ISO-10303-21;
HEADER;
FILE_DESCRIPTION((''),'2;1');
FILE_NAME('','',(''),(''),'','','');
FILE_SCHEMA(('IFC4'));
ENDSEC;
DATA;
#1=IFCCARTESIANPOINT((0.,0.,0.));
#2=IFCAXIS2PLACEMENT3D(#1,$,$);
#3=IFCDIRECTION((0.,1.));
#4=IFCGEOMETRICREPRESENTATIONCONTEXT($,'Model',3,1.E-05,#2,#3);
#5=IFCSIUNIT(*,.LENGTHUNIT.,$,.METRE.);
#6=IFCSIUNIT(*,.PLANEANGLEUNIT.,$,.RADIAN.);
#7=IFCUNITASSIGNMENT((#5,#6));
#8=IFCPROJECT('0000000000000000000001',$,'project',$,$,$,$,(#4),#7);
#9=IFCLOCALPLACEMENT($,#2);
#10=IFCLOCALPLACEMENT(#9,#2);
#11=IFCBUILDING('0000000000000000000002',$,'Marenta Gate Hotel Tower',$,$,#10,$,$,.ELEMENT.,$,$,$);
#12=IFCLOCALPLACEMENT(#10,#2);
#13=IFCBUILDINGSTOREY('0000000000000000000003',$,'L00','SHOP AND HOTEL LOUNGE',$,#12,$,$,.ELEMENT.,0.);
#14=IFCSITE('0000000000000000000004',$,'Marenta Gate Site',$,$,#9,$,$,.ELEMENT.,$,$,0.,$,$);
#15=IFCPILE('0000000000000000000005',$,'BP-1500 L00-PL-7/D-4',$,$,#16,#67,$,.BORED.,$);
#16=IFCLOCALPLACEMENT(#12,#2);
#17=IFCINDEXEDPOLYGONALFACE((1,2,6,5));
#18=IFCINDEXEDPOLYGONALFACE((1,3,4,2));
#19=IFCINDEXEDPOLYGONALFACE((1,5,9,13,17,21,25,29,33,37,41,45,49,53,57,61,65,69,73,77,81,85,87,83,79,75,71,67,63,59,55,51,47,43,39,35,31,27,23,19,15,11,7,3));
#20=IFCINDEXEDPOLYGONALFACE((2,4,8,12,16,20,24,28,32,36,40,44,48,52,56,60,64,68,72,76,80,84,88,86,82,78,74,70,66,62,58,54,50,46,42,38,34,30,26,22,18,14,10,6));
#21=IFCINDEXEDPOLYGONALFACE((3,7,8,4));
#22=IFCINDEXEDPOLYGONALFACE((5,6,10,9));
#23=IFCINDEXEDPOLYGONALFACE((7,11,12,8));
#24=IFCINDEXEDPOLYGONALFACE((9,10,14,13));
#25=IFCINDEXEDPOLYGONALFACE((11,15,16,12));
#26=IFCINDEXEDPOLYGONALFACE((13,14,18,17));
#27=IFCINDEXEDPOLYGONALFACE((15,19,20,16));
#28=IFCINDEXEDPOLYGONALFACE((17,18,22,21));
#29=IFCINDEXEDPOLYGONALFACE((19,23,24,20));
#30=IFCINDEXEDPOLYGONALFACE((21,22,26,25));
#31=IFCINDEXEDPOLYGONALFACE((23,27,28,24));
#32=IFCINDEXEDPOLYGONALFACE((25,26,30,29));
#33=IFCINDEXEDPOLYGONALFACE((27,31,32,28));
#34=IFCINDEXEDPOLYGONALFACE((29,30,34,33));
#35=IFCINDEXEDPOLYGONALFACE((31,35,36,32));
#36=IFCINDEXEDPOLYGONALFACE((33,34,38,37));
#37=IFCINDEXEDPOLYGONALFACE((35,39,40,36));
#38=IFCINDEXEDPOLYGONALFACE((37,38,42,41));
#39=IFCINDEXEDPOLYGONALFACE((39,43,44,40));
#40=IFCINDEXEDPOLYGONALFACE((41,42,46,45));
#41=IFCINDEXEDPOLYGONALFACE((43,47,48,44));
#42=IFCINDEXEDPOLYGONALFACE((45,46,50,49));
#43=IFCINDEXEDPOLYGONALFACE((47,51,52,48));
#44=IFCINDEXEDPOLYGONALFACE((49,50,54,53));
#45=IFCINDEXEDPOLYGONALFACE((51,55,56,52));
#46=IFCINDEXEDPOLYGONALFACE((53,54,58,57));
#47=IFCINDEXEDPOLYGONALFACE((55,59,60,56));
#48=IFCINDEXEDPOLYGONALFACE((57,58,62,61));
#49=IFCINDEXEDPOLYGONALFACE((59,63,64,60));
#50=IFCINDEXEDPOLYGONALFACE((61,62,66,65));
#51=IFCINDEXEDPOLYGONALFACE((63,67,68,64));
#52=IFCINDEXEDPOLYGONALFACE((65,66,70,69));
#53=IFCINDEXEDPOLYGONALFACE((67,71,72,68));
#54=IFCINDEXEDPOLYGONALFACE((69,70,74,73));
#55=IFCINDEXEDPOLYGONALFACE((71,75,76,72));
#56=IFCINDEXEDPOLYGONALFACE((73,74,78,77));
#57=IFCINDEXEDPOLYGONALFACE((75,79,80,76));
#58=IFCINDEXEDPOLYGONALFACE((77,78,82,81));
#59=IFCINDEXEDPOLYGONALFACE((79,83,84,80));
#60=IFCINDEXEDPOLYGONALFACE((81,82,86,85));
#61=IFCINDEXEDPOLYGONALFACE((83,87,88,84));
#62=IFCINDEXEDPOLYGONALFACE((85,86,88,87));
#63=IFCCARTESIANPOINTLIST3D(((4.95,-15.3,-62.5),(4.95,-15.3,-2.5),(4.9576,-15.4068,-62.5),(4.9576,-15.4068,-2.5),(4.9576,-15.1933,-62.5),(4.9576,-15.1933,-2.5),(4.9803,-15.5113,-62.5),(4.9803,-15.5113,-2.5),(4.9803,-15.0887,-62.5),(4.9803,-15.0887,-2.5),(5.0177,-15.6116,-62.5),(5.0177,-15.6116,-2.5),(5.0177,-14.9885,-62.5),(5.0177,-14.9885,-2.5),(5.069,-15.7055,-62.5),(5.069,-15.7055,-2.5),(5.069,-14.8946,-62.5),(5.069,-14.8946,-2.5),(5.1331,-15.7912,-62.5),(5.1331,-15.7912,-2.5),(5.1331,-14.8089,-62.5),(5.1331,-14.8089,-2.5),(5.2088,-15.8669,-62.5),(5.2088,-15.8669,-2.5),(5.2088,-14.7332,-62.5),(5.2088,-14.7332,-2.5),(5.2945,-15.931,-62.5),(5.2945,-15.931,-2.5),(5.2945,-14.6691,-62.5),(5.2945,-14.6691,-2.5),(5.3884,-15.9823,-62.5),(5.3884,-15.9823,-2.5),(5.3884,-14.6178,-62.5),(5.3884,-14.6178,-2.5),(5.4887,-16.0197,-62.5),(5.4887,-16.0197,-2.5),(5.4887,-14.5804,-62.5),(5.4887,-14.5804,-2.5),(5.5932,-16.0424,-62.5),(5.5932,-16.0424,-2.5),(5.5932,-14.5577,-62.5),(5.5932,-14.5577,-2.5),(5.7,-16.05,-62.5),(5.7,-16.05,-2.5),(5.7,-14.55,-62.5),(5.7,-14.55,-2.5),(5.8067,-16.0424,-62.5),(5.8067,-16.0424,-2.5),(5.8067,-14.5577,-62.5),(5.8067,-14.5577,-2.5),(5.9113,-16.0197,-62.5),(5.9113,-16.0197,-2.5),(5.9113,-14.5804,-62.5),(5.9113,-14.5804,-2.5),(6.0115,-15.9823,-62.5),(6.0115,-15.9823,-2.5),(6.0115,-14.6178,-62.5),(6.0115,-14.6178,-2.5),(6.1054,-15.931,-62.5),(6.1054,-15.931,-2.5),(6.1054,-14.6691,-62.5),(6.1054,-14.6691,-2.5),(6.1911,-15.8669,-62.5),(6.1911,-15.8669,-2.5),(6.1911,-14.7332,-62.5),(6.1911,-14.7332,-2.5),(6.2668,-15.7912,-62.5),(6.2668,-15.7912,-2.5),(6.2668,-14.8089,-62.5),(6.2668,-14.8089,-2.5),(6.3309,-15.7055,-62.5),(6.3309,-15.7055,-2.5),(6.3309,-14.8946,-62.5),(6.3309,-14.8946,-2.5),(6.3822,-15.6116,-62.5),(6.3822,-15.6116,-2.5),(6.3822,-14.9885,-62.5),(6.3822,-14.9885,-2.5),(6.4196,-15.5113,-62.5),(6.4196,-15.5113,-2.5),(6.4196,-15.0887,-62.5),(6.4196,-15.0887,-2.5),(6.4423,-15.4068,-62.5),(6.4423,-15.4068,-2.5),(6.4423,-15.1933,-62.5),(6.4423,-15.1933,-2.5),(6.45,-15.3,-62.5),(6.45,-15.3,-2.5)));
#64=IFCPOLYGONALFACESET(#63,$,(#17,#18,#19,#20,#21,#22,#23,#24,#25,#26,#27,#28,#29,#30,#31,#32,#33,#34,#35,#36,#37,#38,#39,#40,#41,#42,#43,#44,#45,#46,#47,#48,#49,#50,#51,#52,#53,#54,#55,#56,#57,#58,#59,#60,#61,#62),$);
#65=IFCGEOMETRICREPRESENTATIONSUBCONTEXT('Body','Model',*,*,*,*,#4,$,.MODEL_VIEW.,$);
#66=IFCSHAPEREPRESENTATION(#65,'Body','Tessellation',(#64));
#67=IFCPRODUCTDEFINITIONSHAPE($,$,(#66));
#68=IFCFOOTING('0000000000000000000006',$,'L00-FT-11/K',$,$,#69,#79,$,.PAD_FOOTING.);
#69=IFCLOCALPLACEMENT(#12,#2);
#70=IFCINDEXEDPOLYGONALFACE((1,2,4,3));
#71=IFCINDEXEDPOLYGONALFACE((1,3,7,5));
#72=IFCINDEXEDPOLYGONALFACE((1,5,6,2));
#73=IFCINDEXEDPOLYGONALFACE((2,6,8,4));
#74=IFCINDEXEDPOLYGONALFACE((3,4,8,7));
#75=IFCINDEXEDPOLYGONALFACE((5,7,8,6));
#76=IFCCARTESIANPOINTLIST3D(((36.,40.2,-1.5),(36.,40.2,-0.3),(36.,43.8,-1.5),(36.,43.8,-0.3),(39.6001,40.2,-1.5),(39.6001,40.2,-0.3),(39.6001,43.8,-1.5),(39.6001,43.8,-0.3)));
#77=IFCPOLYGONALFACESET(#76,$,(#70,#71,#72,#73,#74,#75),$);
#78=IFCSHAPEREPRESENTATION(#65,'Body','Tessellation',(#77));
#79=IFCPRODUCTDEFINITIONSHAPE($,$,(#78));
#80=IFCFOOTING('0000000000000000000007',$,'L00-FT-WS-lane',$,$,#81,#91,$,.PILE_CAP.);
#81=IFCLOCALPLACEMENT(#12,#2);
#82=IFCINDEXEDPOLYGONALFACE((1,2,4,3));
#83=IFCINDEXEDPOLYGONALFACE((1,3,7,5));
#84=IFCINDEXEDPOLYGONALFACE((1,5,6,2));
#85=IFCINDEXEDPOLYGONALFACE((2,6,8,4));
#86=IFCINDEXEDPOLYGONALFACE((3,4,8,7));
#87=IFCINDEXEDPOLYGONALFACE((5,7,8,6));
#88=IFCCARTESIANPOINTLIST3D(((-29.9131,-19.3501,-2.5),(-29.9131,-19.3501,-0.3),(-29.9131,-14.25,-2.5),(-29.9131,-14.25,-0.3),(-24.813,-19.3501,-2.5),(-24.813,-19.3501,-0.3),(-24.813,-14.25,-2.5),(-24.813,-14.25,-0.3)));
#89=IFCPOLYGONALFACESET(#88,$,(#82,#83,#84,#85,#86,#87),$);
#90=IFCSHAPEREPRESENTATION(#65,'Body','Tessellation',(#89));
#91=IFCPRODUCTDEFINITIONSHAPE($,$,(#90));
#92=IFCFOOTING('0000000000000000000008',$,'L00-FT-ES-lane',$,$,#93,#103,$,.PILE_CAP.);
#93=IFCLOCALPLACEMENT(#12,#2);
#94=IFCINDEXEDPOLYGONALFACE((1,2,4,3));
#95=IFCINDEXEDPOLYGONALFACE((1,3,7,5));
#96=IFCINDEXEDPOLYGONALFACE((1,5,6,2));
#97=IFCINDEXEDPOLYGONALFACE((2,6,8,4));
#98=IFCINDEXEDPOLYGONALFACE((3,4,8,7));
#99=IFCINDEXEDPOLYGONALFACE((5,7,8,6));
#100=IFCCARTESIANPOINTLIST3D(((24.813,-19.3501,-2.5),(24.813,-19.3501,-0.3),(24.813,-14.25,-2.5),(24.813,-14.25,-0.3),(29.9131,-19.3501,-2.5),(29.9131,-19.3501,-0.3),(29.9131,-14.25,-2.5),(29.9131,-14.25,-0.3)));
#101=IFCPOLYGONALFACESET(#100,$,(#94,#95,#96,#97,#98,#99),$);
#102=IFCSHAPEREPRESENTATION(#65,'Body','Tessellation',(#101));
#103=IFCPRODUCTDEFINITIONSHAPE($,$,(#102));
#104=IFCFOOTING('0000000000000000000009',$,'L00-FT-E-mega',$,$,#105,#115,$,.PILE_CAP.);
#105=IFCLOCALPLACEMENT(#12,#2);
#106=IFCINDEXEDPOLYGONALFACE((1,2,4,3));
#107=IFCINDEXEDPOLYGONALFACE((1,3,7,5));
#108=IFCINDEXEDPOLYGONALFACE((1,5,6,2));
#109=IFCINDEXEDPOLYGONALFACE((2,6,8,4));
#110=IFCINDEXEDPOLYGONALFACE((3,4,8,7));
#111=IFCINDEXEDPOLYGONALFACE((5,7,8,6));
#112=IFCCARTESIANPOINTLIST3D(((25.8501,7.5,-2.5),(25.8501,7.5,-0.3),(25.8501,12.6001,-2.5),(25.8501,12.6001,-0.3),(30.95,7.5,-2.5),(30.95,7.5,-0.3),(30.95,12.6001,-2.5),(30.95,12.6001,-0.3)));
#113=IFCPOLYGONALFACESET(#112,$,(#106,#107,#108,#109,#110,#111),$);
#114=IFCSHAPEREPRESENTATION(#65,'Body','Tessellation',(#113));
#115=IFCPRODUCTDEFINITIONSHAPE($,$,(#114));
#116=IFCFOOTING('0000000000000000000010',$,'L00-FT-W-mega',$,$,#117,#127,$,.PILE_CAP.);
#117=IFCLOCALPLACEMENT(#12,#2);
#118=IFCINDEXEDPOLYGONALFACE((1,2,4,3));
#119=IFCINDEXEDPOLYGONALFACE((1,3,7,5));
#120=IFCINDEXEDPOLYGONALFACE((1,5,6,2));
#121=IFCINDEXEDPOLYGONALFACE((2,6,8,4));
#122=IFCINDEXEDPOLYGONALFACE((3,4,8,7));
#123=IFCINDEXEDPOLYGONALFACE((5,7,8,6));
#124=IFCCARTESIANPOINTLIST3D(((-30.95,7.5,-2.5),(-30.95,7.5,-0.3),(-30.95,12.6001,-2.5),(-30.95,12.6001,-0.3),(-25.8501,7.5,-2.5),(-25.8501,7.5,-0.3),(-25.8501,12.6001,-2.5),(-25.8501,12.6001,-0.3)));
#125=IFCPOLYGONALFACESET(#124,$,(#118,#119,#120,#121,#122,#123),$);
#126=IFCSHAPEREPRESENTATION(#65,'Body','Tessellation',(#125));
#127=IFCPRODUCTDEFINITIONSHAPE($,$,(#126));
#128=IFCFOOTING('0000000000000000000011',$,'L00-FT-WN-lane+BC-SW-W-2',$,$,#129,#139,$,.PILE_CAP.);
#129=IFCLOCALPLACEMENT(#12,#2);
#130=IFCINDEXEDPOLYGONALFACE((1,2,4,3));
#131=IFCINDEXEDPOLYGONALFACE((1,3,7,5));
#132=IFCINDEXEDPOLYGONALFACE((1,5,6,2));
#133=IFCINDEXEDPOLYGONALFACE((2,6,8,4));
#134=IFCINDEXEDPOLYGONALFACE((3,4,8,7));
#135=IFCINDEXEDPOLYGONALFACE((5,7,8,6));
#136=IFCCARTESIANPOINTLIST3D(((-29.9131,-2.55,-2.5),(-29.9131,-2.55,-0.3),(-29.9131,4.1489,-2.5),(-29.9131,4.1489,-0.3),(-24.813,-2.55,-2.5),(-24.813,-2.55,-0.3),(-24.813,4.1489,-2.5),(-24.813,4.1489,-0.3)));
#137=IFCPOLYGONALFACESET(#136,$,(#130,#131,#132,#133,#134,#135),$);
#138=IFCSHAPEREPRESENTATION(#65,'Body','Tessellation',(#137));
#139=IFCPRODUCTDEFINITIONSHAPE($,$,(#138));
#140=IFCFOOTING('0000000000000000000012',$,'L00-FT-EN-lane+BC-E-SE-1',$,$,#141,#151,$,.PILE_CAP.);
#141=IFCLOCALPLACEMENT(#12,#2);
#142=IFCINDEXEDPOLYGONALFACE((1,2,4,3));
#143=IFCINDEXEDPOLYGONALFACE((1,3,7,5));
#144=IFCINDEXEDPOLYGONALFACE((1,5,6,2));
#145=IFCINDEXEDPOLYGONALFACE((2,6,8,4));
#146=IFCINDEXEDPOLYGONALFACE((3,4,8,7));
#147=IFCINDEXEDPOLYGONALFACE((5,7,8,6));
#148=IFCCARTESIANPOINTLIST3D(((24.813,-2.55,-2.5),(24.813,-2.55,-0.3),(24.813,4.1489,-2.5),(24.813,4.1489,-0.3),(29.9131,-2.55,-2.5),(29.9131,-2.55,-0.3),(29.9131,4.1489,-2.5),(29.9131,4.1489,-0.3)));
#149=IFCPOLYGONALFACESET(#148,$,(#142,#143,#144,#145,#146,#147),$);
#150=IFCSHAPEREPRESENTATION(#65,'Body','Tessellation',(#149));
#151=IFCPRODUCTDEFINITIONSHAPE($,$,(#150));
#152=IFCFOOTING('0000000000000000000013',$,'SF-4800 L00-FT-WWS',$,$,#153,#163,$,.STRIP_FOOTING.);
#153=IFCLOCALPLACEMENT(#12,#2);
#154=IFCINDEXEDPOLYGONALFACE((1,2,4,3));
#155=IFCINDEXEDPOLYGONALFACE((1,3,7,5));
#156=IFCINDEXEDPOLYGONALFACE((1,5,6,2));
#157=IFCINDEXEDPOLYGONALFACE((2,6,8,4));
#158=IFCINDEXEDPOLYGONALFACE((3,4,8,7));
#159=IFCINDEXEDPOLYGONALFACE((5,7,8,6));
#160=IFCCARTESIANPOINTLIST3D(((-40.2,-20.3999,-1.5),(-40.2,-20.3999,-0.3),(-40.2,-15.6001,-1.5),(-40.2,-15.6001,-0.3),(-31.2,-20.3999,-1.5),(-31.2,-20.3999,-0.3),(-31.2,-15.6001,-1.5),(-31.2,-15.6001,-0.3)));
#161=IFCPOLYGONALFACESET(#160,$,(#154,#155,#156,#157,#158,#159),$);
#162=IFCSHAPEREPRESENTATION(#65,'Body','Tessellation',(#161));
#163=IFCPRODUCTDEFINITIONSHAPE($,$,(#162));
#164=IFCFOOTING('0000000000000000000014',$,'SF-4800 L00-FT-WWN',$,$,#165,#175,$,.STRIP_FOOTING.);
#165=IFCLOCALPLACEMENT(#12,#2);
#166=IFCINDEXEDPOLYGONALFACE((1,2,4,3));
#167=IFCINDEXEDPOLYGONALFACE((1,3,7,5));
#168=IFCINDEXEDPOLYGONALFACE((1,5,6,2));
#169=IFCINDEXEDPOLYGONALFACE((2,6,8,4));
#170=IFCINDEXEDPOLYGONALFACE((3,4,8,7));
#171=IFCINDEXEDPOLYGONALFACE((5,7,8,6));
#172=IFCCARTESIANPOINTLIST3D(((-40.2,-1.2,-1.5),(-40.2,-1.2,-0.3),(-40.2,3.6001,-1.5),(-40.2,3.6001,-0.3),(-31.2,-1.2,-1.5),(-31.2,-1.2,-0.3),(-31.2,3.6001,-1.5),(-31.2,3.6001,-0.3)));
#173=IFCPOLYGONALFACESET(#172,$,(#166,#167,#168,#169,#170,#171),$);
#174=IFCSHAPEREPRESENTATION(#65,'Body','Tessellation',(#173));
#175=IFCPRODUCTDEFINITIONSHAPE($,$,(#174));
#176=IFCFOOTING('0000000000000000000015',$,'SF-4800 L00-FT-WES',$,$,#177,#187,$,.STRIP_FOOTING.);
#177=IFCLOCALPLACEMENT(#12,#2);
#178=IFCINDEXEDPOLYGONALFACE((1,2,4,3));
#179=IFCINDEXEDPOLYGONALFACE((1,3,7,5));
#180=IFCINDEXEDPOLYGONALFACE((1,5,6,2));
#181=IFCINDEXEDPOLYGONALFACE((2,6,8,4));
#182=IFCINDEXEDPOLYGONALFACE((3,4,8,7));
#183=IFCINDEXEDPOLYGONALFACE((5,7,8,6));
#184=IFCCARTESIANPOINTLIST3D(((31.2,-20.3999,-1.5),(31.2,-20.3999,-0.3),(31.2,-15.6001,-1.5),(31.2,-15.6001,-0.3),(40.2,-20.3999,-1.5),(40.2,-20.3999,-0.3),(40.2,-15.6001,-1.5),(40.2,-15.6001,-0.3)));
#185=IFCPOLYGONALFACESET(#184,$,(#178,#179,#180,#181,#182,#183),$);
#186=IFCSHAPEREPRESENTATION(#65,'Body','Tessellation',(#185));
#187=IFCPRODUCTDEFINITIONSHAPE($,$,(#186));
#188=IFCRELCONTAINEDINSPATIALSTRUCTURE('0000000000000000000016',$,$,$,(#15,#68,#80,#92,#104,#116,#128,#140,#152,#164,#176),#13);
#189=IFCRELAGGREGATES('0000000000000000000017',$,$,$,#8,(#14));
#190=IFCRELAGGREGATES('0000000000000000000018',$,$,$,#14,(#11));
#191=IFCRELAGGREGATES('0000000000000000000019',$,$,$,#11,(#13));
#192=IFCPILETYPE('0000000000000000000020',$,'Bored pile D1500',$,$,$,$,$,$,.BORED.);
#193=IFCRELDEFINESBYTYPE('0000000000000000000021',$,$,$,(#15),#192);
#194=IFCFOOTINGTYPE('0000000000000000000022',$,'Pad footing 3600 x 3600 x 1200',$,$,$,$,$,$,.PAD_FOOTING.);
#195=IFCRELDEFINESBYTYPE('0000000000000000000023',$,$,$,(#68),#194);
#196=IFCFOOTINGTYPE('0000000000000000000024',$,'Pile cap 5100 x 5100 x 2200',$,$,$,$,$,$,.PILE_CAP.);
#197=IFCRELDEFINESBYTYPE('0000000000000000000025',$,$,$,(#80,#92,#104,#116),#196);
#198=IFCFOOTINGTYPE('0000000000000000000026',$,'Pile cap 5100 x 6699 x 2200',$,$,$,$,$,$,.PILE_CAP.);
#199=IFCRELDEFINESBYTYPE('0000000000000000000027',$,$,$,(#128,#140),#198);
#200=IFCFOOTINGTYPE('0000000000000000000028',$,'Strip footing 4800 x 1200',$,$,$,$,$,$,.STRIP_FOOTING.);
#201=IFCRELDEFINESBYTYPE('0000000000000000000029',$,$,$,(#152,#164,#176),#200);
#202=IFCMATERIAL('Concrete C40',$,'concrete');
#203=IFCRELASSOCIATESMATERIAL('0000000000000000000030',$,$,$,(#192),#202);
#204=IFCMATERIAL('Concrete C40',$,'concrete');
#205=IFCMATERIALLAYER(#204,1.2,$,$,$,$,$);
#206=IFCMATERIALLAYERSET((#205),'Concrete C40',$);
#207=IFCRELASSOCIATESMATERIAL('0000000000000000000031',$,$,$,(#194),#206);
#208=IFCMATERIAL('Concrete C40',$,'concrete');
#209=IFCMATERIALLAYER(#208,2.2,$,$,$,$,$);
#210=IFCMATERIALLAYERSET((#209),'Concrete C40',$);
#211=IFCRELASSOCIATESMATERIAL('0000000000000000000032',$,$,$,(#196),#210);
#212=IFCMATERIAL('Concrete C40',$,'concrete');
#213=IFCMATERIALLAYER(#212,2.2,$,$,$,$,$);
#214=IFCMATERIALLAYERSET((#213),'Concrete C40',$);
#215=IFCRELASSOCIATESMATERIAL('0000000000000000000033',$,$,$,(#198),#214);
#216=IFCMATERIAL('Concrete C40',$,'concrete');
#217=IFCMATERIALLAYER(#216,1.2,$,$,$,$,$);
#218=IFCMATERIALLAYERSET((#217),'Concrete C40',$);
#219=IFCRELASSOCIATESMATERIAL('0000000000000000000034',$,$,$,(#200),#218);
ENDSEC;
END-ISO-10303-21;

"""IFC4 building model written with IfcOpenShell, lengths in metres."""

from ifc_helpers import new_model, si_unit, direction, frame, origin, origin_2d, place, context, subcontext, project, spatial, polyline, circle, outline, extrude, material, layer, layer_set, type_object, element, save


model = new_model("IFC4")

# Units and contexts
model_context = context("Model", 3, precision=1e-05, world=origin(), true_north=direction((0.0, 1.0)))
body_context = subcontext(model_context, "Body", "Model", "MODEL_VIEW")
ifc_project = project(units=[si_unit("LENGTHUNIT", "METRE"), si_unit("PLANEANGLEUNIT", "RADIAN")], contexts=[model_context])

# Site, building, storey
site_placement = place(None, origin())
site = spatial("IfcSite", under=ifc_project, at=site_placement, Name="Marenta Gate Site", CompositionType="ELEMENT", RefElevation=0.0)
building_placement = place(site_placement, origin())
building = spatial("IfcBuilding", under=site, at=building_placement, Name="Marenta Gate Hotel Tower", CompositionType="ELEMENT")
storey_placement = place(building_placement, origin())
storey = spatial("IfcBuildingStorey", under=building, at=storey_placement, Name="L00", Description="SHOP AND HOTEL LOUNGE", CompositionType="ELEMENT", Elevation=0.0)

# Pile
ifc_material_1 = material(Name="Concrete C40", Category="concrete")
pile_type = type_object("IfcPileType", Name="Bored pile D1500", PredefinedType="BORED", material=ifc_material_1)
for number, where, z_axis, x_axis, name in (
    (1, (5.7, -15.3, -2.5), (0.0, 0.0, -1.0), (1.0, 0.0, 0.0), "BP-1500 L00-PL-7/D-4"),
):
    element("IfcPile", number, at=place(storey_placement, frame(where, z_axis=z_axis, x_axis=x_axis)), inside=storey, type_object=pile_type, Name=name, PredefinedType="BORED", context=body_context, shape_type="SweptSolid", body=[
        extrude(circle(Radius=0.75, at=origin_2d()), origin(), (0.0, 0.0, 1.0), 60.0),
    ])

# Footings
ifc_material_2 = material(Name="Concrete C40", Category="concrete")
ifc_layer_1 = layer(ifc_material_2, 1.2)
ifc_layer_set_1 = layer_set([ifc_layer_1], Name="Concrete C40")
footing_type_1 = type_object("IfcFootingType", Name="Pad footing 3600 x 3600 x 1200", PredefinedType="PAD_FOOTING", material=ifc_layer_set_1)
footing_1_placement = place(storey_placement, frame((0.0, 0.0, -1.5)))
element("IfcFooting", 2, at=footing_1_placement, inside=storey, type_object=footing_type_1, Name="L00-FT-11/K", PredefinedType="PAD_FOOTING", context=body_context, shape_type="SweptSolid", body=[
    extrude(outline(polyline([(36.0, 40.2), (39.6001, 40.2), (39.6001, 43.8), (36.0, 43.8), (36.0, 40.2)])), origin(), (0.0, 0.0, 1.0), 1.2),
])
ifc_material_3 = material(Name="Concrete C40", Category="concrete")
ifc_layer_2 = layer(ifc_material_3, 2.2)
ifc_layer_set_2 = layer_set([ifc_layer_2], Name="Concrete C40")
footing_type_2 = type_object("IfcFootingType", Name="Pile cap 5100 x 5100 x 2200", PredefinedType="PILE_CAP", material=ifc_layer_set_2)
footing_2_placement = place(storey_placement, frame((0.0, 0.0, -2.5)))
element("IfcFooting", 3, at=footing_2_placement, inside=storey, type_object=footing_type_2, Name="L00-FT-WS-lane", PredefinedType="PILE_CAP", context=body_context, shape_type="SweptSolid", body=[
    extrude(outline(polyline([(-29.9131, -19.3501), (-24.813, -19.3501), (-24.813, -14.25), (-29.9131, -14.25), (-29.9131, -19.3501)])), origin(), (0.0, 0.0, 1.0), 2.2),
])
footing_3_placement = place(storey_placement, frame((0.0, 0.0, -2.5)))
element("IfcFooting", 4, at=footing_3_placement, inside=storey, type_object=footing_type_2, Name="L00-FT-ES-lane", PredefinedType="PILE_CAP", context=body_context, shape_type="SweptSolid", body=[
    extrude(outline(polyline([(24.813, -19.3501), (29.9131, -19.3501), (29.9131, -14.25), (24.813, -14.25), (24.813, -19.3501)])), origin(), (0.0, 0.0, 1.0), 2.2),
])
footing_4_placement = place(storey_placement, frame((0.0, 0.0, -2.5)))
element("IfcFooting", 5, at=footing_4_placement, inside=storey, type_object=footing_type_2, Name="L00-FT-E-mega", PredefinedType="PILE_CAP", context=body_context, shape_type="SweptSolid", body=[
    extrude(outline(polyline([(25.8501, 7.5), (30.95, 7.5), (30.95, 12.6001), (25.8501, 12.6001), (25.8501, 7.5)])), origin(), (0.0, 0.0, 1.0), 2.2),
])
footing_5_placement = place(storey_placement, frame((0.0, 0.0, -2.5)))
element("IfcFooting", 6, at=footing_5_placement, inside=storey, type_object=footing_type_2, Name="L00-FT-W-mega", PredefinedType="PILE_CAP", context=body_context, shape_type="SweptSolid", body=[
    extrude(outline(polyline([(-30.95, 7.5), (-25.8501, 7.5), (-25.8501, 12.6001), (-30.95, 12.6001), (-30.95, 7.5)])), origin(), (0.0, 0.0, 1.0), 2.2),
])
ifc_material_4 = material(Name="Concrete C40", Category="concrete")
ifc_layer_3 = layer(ifc_material_4, 2.2)
ifc_layer_set_3 = layer_set([ifc_layer_3], Name="Concrete C40")
footing_type_3 = type_object("IfcFootingType", Name="Pile cap 5100 x 6699 x 2200", PredefinedType="PILE_CAP", material=ifc_layer_set_3)
footing_6_placement = place(storey_placement, frame((0.0, 0.0, -2.5)))
element("IfcFooting", 7, at=footing_6_placement, inside=storey, type_object=footing_type_3, Name="L00-FT-WN-lane+BC-SW-W-2", PredefinedType="PILE_CAP", context=body_context, shape_type="SweptSolid", body=[
    extrude(outline(polyline([(-29.9131, -2.55), (-24.813, -2.55), (-24.813, 4.1489), (-29.9131, 4.1489), (-29.9131, -2.55)])), origin(), (0.0, 0.0, 1.0), 2.2),
])
footing_7_placement = place(storey_placement, frame((0.0, 0.0, -2.5)))
element("IfcFooting", 8, at=footing_7_placement, inside=storey, type_object=footing_type_3, Name="L00-FT-EN-lane+BC-E-SE-1", PredefinedType="PILE_CAP", context=body_context, shape_type="SweptSolid", body=[
    extrude(outline(polyline([(24.813, -2.55), (29.9131, -2.55), (29.9131, 4.1489), (24.813, 4.1489), (24.813, -2.55)])), origin(), (0.0, 0.0, 1.0), 2.2),
])
ifc_material_5 = material(Name="Concrete C40", Category="concrete")
ifc_layer_4 = layer(ifc_material_5, 1.2)
ifc_layer_set_4 = layer_set([ifc_layer_4], Name="Concrete C40")
footing_type_4 = type_object("IfcFootingType", Name="Strip footing 4800 x 1200", PredefinedType="STRIP_FOOTING", material=ifc_layer_set_4)
footing_8_placement = place(storey_placement, frame((0.0, 0.0, -1.5)))
element("IfcFooting", 9, at=footing_8_placement, inside=storey, type_object=footing_type_4, Name="SF-4800 L00-FT-WWS", PredefinedType="STRIP_FOOTING", context=body_context, shape_type="SweptSolid", body=[
    extrude(outline(polyline([(-40.2, -20.3999), (-31.2, -20.3999), (-31.2, -15.6001), (-40.2, -15.6001), (-40.2, -20.3999)])), origin(), (0.0, 0.0, 1.0), 1.2),
])
footing_9_placement = place(storey_placement, frame((0.0, 0.0, -1.5)))
element("IfcFooting", 10, at=footing_9_placement, inside=storey, type_object=footing_type_4, Name="SF-4800 L00-FT-WWN", PredefinedType="STRIP_FOOTING", context=body_context, shape_type="SweptSolid", body=[
    extrude(outline(polyline([(-40.2, -1.2), (-31.2, -1.2), (-31.2, 3.6001), (-40.2, 3.6001), (-40.2, -1.2)])), origin(), (0.0, 0.0, 1.0), 1.2),
])
footing_10_placement = place(storey_placement, frame((0.0, 0.0, -1.5)))
element("IfcFooting", 11, at=footing_10_placement, inside=storey, type_object=footing_type_4, Name="SF-4800 L00-FT-WES", PredefinedType="STRIP_FOOTING", context=body_context, shape_type="SweptSolid", body=[
    extrude(outline(polyline([(31.2, -20.3999), (40.2, -20.3999), (40.2, -15.6001), (31.2, -15.6001), (31.2, -20.3999)])), origin(), (0.0, 0.0, 1.0), 1.2),
])

save(model, "model.ifc")
